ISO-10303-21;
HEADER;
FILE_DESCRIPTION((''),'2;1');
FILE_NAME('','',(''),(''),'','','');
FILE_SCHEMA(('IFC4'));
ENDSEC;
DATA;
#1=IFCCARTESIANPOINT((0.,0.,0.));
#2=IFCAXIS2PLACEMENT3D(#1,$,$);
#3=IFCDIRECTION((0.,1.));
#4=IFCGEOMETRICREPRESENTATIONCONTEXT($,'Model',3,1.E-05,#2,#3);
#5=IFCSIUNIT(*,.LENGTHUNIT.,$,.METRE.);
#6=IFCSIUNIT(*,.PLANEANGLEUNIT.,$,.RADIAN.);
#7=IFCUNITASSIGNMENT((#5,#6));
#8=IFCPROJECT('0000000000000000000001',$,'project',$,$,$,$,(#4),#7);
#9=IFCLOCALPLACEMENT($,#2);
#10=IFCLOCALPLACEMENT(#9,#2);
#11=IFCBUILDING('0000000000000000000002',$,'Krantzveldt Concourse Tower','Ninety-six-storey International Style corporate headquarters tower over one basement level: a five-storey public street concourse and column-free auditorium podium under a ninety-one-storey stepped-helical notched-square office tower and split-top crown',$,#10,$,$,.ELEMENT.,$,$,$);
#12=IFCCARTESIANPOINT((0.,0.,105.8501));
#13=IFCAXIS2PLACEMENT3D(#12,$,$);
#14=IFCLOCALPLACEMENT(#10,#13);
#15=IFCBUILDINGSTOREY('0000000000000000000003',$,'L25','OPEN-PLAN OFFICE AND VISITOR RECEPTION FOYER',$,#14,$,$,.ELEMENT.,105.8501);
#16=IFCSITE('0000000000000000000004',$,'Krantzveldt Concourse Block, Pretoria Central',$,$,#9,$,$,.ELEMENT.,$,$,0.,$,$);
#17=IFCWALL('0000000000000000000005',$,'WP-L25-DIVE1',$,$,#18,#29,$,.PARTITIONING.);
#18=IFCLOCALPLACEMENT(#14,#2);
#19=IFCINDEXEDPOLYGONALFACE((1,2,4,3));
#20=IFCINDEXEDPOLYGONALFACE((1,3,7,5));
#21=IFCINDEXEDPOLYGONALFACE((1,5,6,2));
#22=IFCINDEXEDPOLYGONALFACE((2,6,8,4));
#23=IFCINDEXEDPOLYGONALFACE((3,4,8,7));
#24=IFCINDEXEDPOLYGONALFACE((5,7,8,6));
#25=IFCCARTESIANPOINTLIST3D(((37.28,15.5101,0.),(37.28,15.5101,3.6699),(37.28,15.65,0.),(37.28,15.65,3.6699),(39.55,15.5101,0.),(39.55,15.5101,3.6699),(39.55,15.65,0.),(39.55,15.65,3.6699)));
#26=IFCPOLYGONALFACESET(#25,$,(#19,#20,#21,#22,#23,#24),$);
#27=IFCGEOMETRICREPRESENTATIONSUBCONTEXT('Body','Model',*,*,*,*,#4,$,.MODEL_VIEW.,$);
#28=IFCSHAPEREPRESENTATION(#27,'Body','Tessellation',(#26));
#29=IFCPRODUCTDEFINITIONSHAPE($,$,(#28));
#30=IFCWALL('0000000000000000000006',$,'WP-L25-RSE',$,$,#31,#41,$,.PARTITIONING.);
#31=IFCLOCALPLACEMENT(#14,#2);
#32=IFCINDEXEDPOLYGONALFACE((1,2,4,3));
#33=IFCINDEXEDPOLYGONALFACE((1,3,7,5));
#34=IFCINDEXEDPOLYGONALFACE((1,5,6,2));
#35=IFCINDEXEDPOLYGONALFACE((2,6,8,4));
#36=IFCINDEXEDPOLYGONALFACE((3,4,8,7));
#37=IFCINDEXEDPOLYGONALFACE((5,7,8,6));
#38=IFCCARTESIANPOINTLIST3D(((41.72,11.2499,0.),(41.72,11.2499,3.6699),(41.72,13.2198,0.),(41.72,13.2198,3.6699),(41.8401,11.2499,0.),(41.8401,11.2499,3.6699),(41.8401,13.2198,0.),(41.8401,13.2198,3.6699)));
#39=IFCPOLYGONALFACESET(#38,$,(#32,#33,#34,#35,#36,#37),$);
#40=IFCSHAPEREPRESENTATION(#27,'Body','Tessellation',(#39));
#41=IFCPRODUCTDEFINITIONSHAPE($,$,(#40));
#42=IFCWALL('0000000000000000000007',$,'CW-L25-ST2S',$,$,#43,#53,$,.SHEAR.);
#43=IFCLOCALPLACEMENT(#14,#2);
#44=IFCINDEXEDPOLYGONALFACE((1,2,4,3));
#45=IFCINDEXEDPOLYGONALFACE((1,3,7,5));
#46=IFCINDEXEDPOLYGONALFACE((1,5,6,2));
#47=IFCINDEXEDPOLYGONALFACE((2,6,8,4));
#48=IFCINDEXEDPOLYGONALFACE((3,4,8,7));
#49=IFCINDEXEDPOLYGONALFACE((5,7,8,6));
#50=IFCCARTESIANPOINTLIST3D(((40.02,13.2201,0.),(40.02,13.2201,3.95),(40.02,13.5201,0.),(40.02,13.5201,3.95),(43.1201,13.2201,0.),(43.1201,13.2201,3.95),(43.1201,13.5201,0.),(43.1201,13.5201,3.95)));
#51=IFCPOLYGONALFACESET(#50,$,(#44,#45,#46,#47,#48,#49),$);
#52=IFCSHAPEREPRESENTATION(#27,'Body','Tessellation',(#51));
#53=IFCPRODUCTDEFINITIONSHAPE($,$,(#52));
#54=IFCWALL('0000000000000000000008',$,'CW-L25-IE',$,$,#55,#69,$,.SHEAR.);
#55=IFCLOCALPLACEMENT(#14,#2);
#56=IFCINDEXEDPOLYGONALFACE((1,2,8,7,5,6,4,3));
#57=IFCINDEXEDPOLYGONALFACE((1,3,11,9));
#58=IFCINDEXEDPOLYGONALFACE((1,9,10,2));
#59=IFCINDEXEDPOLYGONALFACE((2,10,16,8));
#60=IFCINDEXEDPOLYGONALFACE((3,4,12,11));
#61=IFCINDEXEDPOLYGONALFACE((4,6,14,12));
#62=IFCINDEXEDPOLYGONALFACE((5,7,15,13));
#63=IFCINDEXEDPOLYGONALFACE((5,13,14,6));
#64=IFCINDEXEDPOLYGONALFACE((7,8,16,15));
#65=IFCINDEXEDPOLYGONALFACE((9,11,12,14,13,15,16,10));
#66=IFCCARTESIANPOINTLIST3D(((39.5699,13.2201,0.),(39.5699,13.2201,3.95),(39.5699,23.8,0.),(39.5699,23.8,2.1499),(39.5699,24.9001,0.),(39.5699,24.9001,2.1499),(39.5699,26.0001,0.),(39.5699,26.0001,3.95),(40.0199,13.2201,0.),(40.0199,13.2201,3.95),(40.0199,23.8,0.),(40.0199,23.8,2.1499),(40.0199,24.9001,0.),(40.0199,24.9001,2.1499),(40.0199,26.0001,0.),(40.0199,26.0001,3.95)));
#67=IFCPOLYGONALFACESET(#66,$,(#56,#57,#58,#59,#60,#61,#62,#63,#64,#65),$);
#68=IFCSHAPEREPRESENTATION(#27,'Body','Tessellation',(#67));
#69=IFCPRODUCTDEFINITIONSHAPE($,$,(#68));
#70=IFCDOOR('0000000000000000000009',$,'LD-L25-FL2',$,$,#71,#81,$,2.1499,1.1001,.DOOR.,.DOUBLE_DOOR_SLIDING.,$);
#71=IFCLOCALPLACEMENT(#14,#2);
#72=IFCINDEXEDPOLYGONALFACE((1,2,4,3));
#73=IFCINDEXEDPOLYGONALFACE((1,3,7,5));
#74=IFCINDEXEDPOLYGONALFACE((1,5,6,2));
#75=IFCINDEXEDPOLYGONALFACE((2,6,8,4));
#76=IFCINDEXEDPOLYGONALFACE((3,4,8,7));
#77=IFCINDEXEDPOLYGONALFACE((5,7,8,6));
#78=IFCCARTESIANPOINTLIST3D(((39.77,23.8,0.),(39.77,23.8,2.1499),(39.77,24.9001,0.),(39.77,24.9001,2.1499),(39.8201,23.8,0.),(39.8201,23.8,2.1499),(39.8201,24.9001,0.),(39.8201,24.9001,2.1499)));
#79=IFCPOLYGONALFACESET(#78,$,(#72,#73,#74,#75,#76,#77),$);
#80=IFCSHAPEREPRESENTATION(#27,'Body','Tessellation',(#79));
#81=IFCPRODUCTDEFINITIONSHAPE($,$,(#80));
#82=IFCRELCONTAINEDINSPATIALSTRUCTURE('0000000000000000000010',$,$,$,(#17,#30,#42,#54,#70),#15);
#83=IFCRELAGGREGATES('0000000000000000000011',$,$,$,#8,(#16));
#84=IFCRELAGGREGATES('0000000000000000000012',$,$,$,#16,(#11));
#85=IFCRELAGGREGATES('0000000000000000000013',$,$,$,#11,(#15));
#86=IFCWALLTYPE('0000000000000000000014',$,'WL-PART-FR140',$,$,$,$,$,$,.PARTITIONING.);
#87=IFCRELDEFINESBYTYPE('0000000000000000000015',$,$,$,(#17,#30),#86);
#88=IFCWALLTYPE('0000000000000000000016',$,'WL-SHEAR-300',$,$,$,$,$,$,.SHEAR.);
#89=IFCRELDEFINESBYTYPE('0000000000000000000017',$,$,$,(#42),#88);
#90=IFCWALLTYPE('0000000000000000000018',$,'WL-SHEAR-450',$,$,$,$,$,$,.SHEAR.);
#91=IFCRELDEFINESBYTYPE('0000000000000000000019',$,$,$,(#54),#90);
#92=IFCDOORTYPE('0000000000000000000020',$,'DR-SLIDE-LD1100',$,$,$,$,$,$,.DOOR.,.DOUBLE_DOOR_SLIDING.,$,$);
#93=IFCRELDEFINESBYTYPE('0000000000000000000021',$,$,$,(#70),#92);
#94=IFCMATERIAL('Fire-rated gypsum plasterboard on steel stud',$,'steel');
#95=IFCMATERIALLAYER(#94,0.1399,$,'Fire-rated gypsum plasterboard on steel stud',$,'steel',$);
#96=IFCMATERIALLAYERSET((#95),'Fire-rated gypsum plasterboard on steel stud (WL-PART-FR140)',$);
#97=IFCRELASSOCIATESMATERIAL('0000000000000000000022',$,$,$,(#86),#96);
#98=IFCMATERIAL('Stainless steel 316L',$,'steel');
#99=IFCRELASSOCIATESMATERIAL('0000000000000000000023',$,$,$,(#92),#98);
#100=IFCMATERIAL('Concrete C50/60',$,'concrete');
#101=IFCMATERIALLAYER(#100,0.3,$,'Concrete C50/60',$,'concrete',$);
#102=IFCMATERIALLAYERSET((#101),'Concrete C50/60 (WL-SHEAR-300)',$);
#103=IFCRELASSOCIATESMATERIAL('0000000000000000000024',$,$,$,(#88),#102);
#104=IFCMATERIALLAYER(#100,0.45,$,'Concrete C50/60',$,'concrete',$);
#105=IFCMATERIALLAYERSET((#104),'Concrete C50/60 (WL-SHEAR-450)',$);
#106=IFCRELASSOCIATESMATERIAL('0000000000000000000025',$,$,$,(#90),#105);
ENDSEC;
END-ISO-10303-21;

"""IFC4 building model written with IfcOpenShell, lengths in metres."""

from ifc_helpers import new_model, si_unit, direction, frame, frame_2d, origin, place, context, subcontext, project, spatial, rectangle, extrude, material, layer, layer_set, type_object, element, fill, save


model = new_model("IFC4")

# Units and contexts
model_context = context("Model", 3, precision=1e-05, world=origin(), true_north=direction((0.0, 1.0)))
body_context = subcontext(model_context, "Body", "Model", "MODEL_VIEW")
ifc_project = project(units=[si_unit("LENGTHUNIT", "METRE"), si_unit("PLANEANGLEUNIT", "RADIAN")], contexts=[model_context])

# Site, building, storey
site_placement = place(None, origin())
site = spatial("IfcSite", under=ifc_project, at=site_placement, Name="Krantzveldt Concourse Block, Pretoria Central", CompositionType="ELEMENT", RefElevation=0.0)
building_placement = place(site_placement, origin())
building = spatial("IfcBuilding", under=site, at=building_placement, Name="Krantzveldt Concourse Tower", Description="Ninety-six-storey International Style corporate headquarters tower over one basement level: a five-storey public street concourse and column-free auditorium podium under a ninety-one-storey stepped-helical notched-square office tower and split-top crown", CompositionType="ELEMENT")
storey_placement = place(building_placement, frame((0.0, 0.0, 105.8501)))
storey = spatial("IfcBuildingStorey", under=building, at=storey_placement, Name="L25", Description="OPEN-PLAN OFFICE AND VISITOR RECEPTION FOYER", CompositionType="ELEMENT", Elevation=105.8501)

# Shared definitions
ifc_material_1 = material(Name="Fire-rated gypsum plasterboard on steel stud", Category="steel")

# Shared definitions
ifc_layer_1 = layer(ifc_material_1, 0.1399, Name="Fire-rated gypsum plasterboard on steel stud", Category="steel")
ifc_layer_set_1 = layer_set([ifc_layer_1], Name="Fire-rated gypsum plasterboard on steel stud (WL-PART-FR140)")
wall_type_1 = type_object("IfcWallType", Name="WL-PART-FR140", PredefinedType="PARTITIONING", material=ifc_layer_set_1)
ifc_material_2 = material(Name="Stainless steel 316L", Category="steel")
door_type_1 = type_object("IfcDoorType", Name="DR-SLIDE-LD1100", OperationType="DOUBLE_DOOR_SLIDING", PredefinedType="DOOR", material=ifc_material_2)

# Walls
wall_1_placement = place(storey_placement, frame((37.28, 15.5801, 0.0), z_axis=(0.0, 0.0, 1.0), x_axis=(1.0, 0.0, 0.0)))
element("IfcWall", 1, at=wall_1_placement, inside=storey, type_object=wall_type_1, Name="WP-L25-DIVE1", PredefinedType="PARTITIONING", context=body_context, shape_type="SweptSolid", body=[
    extrude(rectangle(XDim=2.27, YDim=0.1399, at=frame_2d((1.135, 0.0))), origin(), (0.0, 0.0, 1.0), 3.6699),
])
wall_2_placement = place(storey_placement, frame((41.78, 11.25, 0.0), z_axis=(0.0, 0.0, 1.0), x_axis=(0.0, 1.0, 0.0)))
element("IfcWall", 2, at=wall_2_placement, inside=storey, type_object=wall_type_1, Name="WP-L25-RSE", PredefinedType="PARTITIONING", context=body_context, shape_type="SweptSolid", body=[
    extrude(rectangle(XDim=1.97, YDim=0.1201, at=frame_2d((0.9849, 0.0))), origin(), (0.0, 0.0, 1.0), 3.6699),
])
ifc_material_3 = material(Name="Concrete C50/60", Category="concrete")
ifc_layer_2 = layer(ifc_material_3, 0.3, Name="Concrete C50/60", Category="concrete")
ifc_layer_set_2 = layer_set([ifc_layer_2], Name="Concrete C50/60 (WL-SHEAR-300)")
wall_type_2 = type_object("IfcWallType", Name="WL-SHEAR-300", PredefinedType="SHEAR", material=ifc_layer_set_2)
wall_3_placement = place(storey_placement, frame((40.02, 13.3701, 0.0), z_axis=(0.0, 0.0, 1.0), x_axis=(1.0, 0.0, 0.0)))
element("IfcWall", 3, at=wall_3_placement, inside=storey, type_object=wall_type_2, Name="CW-L25-ST2S", PredefinedType="SHEAR", context=body_context, shape_type="SweptSolid", body=[
    extrude(rectangle(XDim=3.1001, YDim=0.3, at=frame_2d((1.55, 0.0))), origin(), (0.0, 0.0, 1.0), 3.95),
])

# Wall, opening, door
ifc_layer_3 = layer(ifc_material_3, 0.45, Name="Concrete C50/60", Category="concrete")
ifc_layer_set_3 = layer_set([ifc_layer_3], Name="Concrete C50/60 (WL-SHEAR-450)")
wall_type_3 = type_object("IfcWallType", Name="WL-SHEAR-450", PredefinedType="SHEAR", material=ifc_layer_set_3)
wall_4_placement = place(storey_placement, frame((39.7949, 13.22, 0.0), z_axis=(0.0, 0.0, 1.0), x_axis=(0.0, 1.0, 0.0)))
wall_4 = element("IfcWall", 4, at=wall_4_placement, inside=storey, type_object=wall_type_3, Name="CW-L25-IE", PredefinedType="SHEAR", context=body_context, shape_type="SweptSolid", body=[
    extrude(rectangle(XDim=12.78, YDim=0.45, at=frame_2d((6.3901, 0.0))), origin(), (0.0, 0.0, 1.0), 3.95),
])
opening_1_placement = place(wall_4_placement, frame((10.5801, 0.0, 0.0)))
opening_1 = element("IfcOpeningElement", 5, at=opening_1_placement, cuts=wall_4, PredefinedType="OPENING", context=body_context, shape_type="SweptSolid", body=[
    extrude(rectangle(XDim=1.1001, YDim=2.1499, at=frame_2d((0.55, 1.075))), frame((0.0, 0.2349, 0.0), z_axis=(0.0, -1.0, 0.0), x_axis=(1.0, 0.0, 0.0)), (0.0, 0.0, 1.0), 0.47),
])
door_1_placement = place(opening_1_placement, origin())
door_1 = element("IfcDoor", 6, at=door_1_placement, inside=storey, type_object=door_type_1, Name="LD-L25-FL2", OperationType="DOUBLE_DOOR_SLIDING", OverallHeight=2.1499, OverallWidth=1.1001, PredefinedType="DOOR", context=body_context, shape_type="SweptSolid", body=[
    extrude(rectangle(XDim=1.1001, YDim=2.1499, at=frame_2d((0.55, 1.075))), frame((0.0, 0.0249, 0.0), z_axis=(0.0, -1.0, 0.0), x_axis=(1.0, 0.0, 0.0)), (0.0, 0.0, 1.0), 0.05),
])
fill(opening_1, door_1)

save(model, "model.ifc")
